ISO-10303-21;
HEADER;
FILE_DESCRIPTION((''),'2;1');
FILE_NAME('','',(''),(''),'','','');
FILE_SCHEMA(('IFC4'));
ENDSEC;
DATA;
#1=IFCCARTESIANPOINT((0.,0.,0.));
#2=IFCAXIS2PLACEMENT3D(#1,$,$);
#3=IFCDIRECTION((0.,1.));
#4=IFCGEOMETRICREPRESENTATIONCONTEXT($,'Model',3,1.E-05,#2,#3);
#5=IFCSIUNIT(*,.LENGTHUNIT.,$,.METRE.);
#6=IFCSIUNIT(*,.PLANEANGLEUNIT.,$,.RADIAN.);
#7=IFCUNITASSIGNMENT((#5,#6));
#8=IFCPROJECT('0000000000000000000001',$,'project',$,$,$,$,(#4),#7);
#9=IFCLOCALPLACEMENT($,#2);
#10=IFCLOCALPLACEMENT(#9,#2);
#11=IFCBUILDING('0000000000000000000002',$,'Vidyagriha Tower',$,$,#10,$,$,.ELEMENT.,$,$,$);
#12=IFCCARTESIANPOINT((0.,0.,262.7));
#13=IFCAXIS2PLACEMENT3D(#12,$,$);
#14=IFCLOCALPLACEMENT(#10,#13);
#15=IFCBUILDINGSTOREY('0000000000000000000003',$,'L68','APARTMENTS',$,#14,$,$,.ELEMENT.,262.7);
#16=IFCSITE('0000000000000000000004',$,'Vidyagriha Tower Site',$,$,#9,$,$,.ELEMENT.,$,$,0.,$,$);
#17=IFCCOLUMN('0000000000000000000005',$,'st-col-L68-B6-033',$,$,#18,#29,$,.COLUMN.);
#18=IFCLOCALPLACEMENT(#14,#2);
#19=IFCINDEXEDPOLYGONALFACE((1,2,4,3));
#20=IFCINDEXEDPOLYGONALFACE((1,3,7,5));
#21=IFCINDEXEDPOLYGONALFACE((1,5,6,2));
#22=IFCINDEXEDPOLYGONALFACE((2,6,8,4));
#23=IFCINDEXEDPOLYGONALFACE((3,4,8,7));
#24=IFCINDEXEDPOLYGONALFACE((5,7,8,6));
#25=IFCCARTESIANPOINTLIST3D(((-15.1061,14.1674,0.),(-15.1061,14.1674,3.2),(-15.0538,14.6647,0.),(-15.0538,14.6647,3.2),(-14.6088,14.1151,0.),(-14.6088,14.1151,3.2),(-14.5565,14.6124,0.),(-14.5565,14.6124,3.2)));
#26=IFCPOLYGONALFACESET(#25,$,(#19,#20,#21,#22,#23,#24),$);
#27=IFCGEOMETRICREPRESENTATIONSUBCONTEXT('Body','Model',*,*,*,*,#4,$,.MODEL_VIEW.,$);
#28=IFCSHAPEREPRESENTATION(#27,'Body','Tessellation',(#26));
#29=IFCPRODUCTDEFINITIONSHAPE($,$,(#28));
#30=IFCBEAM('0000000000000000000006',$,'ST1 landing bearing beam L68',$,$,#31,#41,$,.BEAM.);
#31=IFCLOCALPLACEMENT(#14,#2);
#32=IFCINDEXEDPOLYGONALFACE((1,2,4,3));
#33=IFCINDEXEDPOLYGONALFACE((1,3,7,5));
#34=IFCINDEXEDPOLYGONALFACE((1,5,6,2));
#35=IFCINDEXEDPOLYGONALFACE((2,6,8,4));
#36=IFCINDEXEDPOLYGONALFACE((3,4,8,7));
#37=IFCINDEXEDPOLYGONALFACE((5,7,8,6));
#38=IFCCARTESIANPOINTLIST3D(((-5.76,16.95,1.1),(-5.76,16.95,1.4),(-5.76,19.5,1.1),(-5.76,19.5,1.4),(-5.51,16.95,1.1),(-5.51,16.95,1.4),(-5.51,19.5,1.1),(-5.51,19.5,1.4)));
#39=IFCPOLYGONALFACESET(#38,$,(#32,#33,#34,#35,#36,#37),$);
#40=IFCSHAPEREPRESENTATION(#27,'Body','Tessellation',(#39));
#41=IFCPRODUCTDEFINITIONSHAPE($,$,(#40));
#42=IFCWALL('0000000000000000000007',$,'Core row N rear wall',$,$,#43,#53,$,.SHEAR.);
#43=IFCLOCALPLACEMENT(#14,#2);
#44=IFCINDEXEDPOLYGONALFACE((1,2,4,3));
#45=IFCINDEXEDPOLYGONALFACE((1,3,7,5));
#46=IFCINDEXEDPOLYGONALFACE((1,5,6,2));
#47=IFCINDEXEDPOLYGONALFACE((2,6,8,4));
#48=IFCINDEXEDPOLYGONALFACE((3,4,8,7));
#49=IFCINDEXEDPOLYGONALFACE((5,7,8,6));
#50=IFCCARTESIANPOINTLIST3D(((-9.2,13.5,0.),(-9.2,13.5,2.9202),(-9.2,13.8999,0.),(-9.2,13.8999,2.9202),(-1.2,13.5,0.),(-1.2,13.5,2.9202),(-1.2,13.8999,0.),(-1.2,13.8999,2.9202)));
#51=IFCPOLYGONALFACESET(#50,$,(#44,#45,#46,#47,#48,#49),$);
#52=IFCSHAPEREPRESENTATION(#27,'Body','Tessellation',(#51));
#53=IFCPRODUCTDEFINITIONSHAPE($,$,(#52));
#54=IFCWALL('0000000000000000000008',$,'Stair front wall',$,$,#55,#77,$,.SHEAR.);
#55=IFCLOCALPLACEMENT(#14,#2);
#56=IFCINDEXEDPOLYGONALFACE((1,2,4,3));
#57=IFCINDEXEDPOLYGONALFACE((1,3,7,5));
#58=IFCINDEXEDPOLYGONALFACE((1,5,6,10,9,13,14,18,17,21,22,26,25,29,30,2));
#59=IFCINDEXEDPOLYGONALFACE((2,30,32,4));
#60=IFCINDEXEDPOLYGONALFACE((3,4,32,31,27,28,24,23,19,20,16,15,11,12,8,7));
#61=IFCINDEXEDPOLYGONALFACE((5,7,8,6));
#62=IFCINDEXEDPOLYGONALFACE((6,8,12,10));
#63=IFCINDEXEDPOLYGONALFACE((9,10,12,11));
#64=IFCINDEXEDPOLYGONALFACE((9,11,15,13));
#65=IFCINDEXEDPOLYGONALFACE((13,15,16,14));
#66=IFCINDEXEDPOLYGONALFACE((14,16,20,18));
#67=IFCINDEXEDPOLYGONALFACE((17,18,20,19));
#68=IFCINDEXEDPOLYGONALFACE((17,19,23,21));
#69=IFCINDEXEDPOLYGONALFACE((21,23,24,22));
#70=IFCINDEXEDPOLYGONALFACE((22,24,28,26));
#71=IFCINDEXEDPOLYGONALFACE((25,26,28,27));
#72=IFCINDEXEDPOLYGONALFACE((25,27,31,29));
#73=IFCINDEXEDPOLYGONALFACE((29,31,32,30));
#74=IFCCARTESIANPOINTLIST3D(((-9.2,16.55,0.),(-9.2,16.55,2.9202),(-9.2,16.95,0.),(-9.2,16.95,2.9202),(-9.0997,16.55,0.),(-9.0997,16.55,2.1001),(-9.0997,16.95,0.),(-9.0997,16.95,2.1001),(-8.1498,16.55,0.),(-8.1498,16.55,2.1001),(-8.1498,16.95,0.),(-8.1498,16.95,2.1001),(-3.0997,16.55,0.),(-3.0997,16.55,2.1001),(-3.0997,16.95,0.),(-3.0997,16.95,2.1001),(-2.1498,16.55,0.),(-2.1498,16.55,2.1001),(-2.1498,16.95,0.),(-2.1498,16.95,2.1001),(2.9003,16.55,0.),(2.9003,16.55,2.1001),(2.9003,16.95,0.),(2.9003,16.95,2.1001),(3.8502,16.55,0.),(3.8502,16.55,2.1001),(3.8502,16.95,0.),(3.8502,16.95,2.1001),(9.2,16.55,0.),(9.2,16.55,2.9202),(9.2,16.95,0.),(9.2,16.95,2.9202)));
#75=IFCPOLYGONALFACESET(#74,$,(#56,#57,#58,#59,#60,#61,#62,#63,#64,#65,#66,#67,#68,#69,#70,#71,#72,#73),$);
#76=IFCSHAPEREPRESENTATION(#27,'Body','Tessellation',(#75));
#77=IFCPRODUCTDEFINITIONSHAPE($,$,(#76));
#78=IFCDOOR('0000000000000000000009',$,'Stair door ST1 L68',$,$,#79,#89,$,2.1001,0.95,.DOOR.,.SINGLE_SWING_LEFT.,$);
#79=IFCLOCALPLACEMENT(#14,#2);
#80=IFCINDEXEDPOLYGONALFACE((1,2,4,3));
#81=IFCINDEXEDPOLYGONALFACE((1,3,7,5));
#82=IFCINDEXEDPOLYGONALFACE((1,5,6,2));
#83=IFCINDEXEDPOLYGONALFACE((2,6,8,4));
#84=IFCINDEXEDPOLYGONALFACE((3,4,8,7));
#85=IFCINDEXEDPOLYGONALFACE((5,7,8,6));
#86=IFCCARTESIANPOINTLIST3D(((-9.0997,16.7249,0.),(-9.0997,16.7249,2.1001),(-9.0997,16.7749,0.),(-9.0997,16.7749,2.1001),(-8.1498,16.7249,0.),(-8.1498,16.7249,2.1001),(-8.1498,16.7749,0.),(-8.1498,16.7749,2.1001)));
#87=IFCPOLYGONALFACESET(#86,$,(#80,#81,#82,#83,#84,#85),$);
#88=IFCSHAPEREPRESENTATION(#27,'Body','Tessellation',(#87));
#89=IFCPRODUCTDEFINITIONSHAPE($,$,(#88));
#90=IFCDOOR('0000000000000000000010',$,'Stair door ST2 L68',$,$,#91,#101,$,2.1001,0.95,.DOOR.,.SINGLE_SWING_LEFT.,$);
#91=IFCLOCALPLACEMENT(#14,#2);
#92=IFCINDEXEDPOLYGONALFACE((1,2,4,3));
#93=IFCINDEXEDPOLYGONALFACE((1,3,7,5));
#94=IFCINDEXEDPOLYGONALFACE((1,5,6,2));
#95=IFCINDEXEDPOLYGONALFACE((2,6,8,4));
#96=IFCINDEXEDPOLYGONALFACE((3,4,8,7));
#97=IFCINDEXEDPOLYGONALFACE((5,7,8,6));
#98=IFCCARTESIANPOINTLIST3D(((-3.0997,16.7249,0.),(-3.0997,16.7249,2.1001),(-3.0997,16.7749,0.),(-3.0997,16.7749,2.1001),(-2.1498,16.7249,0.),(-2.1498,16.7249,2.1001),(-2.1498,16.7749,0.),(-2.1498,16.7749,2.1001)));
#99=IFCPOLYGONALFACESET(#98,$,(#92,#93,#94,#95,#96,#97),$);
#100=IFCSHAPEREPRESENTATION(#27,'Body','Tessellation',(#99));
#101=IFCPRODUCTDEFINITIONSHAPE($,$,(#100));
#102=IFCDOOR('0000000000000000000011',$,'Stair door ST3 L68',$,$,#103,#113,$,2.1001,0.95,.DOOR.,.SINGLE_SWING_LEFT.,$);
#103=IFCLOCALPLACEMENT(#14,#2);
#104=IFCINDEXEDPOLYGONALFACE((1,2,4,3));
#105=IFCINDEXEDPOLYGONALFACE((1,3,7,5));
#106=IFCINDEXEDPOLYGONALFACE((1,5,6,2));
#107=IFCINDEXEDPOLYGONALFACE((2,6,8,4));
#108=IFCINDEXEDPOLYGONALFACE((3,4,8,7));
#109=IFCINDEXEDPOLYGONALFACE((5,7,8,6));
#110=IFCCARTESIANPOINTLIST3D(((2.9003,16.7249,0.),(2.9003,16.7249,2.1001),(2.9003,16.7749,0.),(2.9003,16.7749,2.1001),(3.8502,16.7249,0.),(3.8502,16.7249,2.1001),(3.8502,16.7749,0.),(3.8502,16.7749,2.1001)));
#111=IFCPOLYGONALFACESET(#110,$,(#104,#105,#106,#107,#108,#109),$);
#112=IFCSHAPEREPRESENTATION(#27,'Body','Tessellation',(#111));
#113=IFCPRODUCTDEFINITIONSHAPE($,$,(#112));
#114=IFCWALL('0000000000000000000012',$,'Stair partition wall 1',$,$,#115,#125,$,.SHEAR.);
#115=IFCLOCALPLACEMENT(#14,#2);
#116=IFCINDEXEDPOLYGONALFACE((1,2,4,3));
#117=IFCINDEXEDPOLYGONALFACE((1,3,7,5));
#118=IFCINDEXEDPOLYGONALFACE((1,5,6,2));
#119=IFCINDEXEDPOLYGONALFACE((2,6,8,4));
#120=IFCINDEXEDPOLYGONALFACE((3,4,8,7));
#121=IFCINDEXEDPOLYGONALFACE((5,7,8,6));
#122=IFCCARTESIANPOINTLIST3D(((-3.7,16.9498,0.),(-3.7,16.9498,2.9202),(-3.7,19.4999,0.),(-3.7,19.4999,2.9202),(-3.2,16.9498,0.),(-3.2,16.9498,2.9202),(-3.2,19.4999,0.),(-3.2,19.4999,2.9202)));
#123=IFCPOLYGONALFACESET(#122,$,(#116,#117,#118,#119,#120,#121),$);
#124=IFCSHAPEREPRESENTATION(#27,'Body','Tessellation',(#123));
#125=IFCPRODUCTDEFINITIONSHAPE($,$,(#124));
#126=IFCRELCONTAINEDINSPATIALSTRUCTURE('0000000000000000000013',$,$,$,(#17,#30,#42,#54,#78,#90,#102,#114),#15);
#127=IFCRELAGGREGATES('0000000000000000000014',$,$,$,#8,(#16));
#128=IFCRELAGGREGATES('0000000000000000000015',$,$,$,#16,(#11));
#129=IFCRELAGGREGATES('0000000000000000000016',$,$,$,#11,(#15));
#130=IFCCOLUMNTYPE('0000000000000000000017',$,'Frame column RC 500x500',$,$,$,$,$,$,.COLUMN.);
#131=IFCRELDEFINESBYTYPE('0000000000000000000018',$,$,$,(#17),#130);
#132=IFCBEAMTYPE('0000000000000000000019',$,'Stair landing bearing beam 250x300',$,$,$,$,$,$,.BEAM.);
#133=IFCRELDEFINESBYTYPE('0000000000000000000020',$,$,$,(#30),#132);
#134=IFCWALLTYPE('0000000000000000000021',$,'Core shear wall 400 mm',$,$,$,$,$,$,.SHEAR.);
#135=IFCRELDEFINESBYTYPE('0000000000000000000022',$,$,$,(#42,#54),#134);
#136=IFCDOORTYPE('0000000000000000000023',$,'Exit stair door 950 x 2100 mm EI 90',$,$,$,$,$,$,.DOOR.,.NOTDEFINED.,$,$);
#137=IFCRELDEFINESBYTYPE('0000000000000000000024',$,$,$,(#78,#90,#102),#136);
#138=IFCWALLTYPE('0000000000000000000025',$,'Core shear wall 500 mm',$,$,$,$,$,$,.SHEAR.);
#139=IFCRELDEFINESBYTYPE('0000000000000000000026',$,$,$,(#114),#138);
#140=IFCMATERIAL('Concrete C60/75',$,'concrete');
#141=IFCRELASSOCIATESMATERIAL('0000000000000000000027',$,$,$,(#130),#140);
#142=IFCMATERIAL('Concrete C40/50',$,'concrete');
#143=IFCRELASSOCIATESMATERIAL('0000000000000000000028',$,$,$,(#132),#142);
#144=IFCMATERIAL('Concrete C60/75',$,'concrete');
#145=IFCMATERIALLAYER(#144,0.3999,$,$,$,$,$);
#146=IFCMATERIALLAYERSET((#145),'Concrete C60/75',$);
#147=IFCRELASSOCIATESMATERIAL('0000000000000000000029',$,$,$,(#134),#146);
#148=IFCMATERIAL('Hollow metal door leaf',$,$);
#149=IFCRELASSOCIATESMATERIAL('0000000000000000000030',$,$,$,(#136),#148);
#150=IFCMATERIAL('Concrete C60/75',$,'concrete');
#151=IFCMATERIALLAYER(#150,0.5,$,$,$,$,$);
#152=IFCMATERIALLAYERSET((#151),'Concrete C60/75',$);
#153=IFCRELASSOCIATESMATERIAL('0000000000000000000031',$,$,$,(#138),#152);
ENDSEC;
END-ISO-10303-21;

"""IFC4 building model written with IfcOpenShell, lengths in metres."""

from ifc_helpers import new_model, si_unit, direction, frame, frame_2d, origin, origin_2d, place, context, subcontext, project, spatial, rectangle, extrude, material, layer, layer_set, material_profile, profile_set, type_object, element, fill, save


model = new_model("IFC4")

# Units and contexts
model_context = context("Model", 3, precision=1e-05, world=origin(), true_north=direction((0.0, 1.0)))
body_context = subcontext(model_context, "Body", "Model", "MODEL_VIEW")
ifc_project = project(units=[si_unit("LENGTHUNIT", "METRE"), si_unit("PLANEANGLEUNIT", "RADIAN")], contexts=[model_context])

# Site, building, storey
site_placement = place(None, origin())
site = spatial("IfcSite", under=ifc_project, at=site_placement, Name="Vidyagriha Tower Site", CompositionType="ELEMENT", RefElevation=0.0)
building_placement = place(site_placement, origin())
building = spatial("IfcBuilding", under=site, at=building_placement, Name="Vidyagriha Tower", CompositionType="ELEMENT")
storey_placement = place(building_placement, frame((0.0, 0.0, 262.7)))
storey = spatial("IfcBuildingStorey", under=building, at=storey_placement, Name="L68", Description="APARTMENTS", CompositionType="ELEMENT", Elevation=262.7)

# Column
ifc_material_1 = material(Name="Concrete C60/75", Category="concrete")
ifc_material_profile_1 = material_profile(ifc_material_1, rectangle(XDim=0.5, YDim=0.5, at=origin_2d()), Name="RC 500x500")
ifc_profile_set_1 = profile_set([ifc_material_profile_1], Name="Concrete C60/75")
column_type = type_object("IfcColumnType", Name="Frame column RC 500x500", PredefinedType="COLUMN", material=ifc_profile_set_1)
column_placement = place(storey_placement, frame((-14.8313, 14.3899, 0.0), z_axis=(0.0, 0.0, 1.0), x_axis=(0.994522, -0.104528, 0.0)))
element("IfcColumn", 1, at=column_placement, inside=storey, type_object=column_type, Name="st-col-L68-B6-033", PredefinedType="COLUMN", context=body_context, shape_type="SweptSolid", body=[
    extrude(rectangle(XDim=0.5, YDim=0.5, at=origin_2d()), origin(), (0.0, 0.0, 1.0), 3.2),
])

# Beam
ifc_material_2 = material(Name="Concrete C40/50", Category="concrete")
ifc_material_profile_2 = material_profile(ifc_material_2, rectangle(XDim=0.25, YDim=0.3, at=origin_2d()), Name="Stair landing bearing beam 250x300")
ifc_profile_set_2 = profile_set([ifc_material_profile_2], Name="Concrete C40/50")
beam_type = type_object("IfcBeamType", Name="Stair landing bearing beam 250x300", PredefinedType="BEAM", material=ifc_profile_set_2)
beam_placement = place(storey_placement, frame((-5.635, 16.95, 1.25), z_axis=(0.0, 1.0, 0.0), x_axis=(-1.0, 0.0, 0.0)))
element("IfcBeam", 2, at=beam_placement, inside=storey, type_object=beam_type, Name="ST1 landing bearing beam L68", PredefinedType="BEAM", context=body_context, shape_type="SweptSolid", body=[
    extrude(rectangle(XDim=0.25, YDim=0.3, at=origin_2d()), origin(), (0.0, 0.0, 1.0), 2.55),
])

# Wall
ifc_material_3 = material(Name="Concrete C60/75", Category="concrete")
ifc_layer_1 = layer(ifc_material_3, 0.3999)
ifc_layer_set_1 = layer_set([ifc_layer_1], Name="Concrete C60/75")
wall_type_1 = type_object("IfcWallType", Name="Core shear wall 400 mm", PredefinedType="SHEAR", material=ifc_layer_set_1)
wall_1_placement = place(storey_placement, frame((-9.2, 13.7, 0.0)))
element("IfcWall", 3, at=wall_1_placement, inside=storey, type_object=wall_type_1, Name="Core row N rear wall", PredefinedType="SHEAR", context=body_context, shape_type="SweptSolid", body=[
    extrude(rectangle(XDim=8.0, YDim=0.3999, at=frame_2d((4.0, 0.0))), origin(), (0.0, 0.0, 1.0), 2.9202),
])

# Wall, openings, doors
wall_2_placement = place(storey_placement, frame((-9.2, 16.75, 0.0)))
wall_2 = element("IfcWall", 4, at=wall_2_placement, inside=storey, type_object=wall_type_1, Name="Stair front wall", PredefinedType="SHEAR", context=body_context, shape_type="SweptSolid", body=[
    extrude(rectangle(XDim=18.3999, YDim=0.3999, at=frame_2d((9.2, 0.0))), origin(), (0.0, 0.0, 1.0), 2.9202),
])
opening_1_placement = place(wall_2_placement, frame((0.1001, 0.0, 0.0)))
opening_1 = element("IfcOpeningElement", 5, at=opening_1_placement, cuts=wall_2, PredefinedType="OPENING", context=body_context, shape_type="SweptSolid", body=[
    extrude(rectangle(XDim=0.95, YDim=2.1001, at=frame_2d((0.4751, 1.05))), frame((0.0, 0.21, 0.0), z_axis=(0.0, -1.0, 0.0), x_axis=(1.0, 0.0, 0.0)), (0.0, 0.0, 1.0), 0.4199),
])
opening_2_placement = place(wall_2_placement, frame((6.1001, 0.0, 0.0)))
opening_2 = element("IfcOpeningElement", 6, at=opening_2_placement, cuts=wall_2, PredefinedType="OPENING", context=body_context, shape_type="SweptSolid", body=[
    extrude(rectangle(XDim=0.95, YDim=2.1001, at=frame_2d((0.4751, 1.05))), frame((0.0, 0.21, 0.0), z_axis=(0.0, -1.0, 0.0), x_axis=(1.0, 0.0, 0.0)), (0.0, 0.0, 1.0), 0.4199),
])
opening_3_placement = place(wall_2_placement, frame((12.1001, 0.0, 0.0)))
opening_3 = element("IfcOpeningElement", 7, at=opening_3_placement, cuts=wall_2, PredefinedType="OPENING", context=body_context, shape_type="SweptSolid", body=[
    extrude(rectangle(XDim=0.95, YDim=2.1001, at=frame_2d((0.4751, 1.05))), frame((0.0, 0.21, 0.0), z_axis=(0.0, -1.0, 0.0), x_axis=(1.0, 0.0, 0.0)), (0.0, 0.0, 1.0), 0.4199),
])
ifc_material_4 = material(Name="Hollow metal door leaf")
door_type_1 = type_object("IfcDoorType", Name="Exit stair door 950 x 2100 mm EI 90", OperationType="NOTDEFINED", PredefinedType="DOOR", material=ifc_material_4)
door_1_placement = place(opening_1_placement, origin())
door_1 = element("IfcDoor", 8, at=door_1_placement, inside=storey, type_object=door_type_1, Name="Stair door ST1 L68", OperationType="SINGLE_SWING_LEFT", OverallHeight=2.1001, OverallWidth=0.95, PredefinedType="DOOR", context=body_context, shape_type="SweptSolid", body=[
    extrude(rectangle(XDim=0.95, YDim=2.1001, at=frame_2d((0.4751, 1.05))), frame((0.0, 0.0249, 0.0), z_axis=(0.0, -1.0, 0.0), x_axis=(1.0, 0.0, 0.0)), (0.0, 0.0, 1.0), 0.05),
])
fill(opening_1, door_1)
door_2_placement = place(opening_2_placement, origin())
door_2 = element("IfcDoor", 9, at=door_2_placement, inside=storey, type_object=door_type_1, Name="Stair door ST2 L68", OperationType="SINGLE_SWING_LEFT", OverallHeight=2.1001, OverallWidth=0.95, PredefinedType="DOOR", context=body_context, shape_type="SweptSolid", body=[
    extrude(rectangle(XDim=0.95, YDim=2.1001, at=frame_2d((0.4751, 1.05))), frame((0.0, 0.0249, 0.0), z_axis=(0.0, -1.0, 0.0), x_axis=(1.0, 0.0, 0.0)), (0.0, 0.0, 1.0), 0.05),
])
fill(opening_2, door_2)
door_3_placement = place(opening_3_placement, origin())
door_3 = element("IfcDoor", 10, at=door_3_placement, inside=storey, type_object=door_type_1, Name="Stair door ST3 L68", OperationType="SINGLE_SWING_LEFT", OverallHeight=2.1001, OverallWidth=0.95, PredefinedType="DOOR", context=body_context, shape_type="SweptSolid", body=[
    extrude(rectangle(XDim=0.95, YDim=2.1001, at=frame_2d((0.4751, 1.05))), frame((0.0, 0.0249, 0.0), z_axis=(0.0, -1.0, 0.0), x_axis=(1.0, 0.0, 0.0)), (0.0, 0.0, 1.0), 0.05),
])
fill(opening_3, door_3)

# Wall
ifc_material_5 = material(Name="Concrete C60/75", Category="concrete")
ifc_layer_2 = layer(ifc_material_5, 0.5)
ifc_layer_set_2 = layer_set([ifc_layer_2], Name="Concrete C60/75")
wall_type_2 = type_object("IfcWallType", Name="Core shear wall 500 mm", PredefinedType="SHEAR", material=ifc_layer_set_2)
wall_3_placement = place(storey_placement, frame((-3.45, 16.95, 0.0), z_axis=(0.0, 0.0, 1.0), x_axis=(0.0, 1.0, 0.0)))
element("IfcWall", 11, at=wall_3_placement, inside=storey, type_object=wall_type_2, Name="Stair partition wall 1", PredefinedType="SHEAR", context=body_context, shape_type="SweptSolid", body=[
    extrude(rectangle(XDim=2.55, YDim=0.5, at=frame_2d((1.2749, 0.0))), origin(), (0.0, 0.0, 1.0), 2.9202),
])

save(model, "model.ifc")
